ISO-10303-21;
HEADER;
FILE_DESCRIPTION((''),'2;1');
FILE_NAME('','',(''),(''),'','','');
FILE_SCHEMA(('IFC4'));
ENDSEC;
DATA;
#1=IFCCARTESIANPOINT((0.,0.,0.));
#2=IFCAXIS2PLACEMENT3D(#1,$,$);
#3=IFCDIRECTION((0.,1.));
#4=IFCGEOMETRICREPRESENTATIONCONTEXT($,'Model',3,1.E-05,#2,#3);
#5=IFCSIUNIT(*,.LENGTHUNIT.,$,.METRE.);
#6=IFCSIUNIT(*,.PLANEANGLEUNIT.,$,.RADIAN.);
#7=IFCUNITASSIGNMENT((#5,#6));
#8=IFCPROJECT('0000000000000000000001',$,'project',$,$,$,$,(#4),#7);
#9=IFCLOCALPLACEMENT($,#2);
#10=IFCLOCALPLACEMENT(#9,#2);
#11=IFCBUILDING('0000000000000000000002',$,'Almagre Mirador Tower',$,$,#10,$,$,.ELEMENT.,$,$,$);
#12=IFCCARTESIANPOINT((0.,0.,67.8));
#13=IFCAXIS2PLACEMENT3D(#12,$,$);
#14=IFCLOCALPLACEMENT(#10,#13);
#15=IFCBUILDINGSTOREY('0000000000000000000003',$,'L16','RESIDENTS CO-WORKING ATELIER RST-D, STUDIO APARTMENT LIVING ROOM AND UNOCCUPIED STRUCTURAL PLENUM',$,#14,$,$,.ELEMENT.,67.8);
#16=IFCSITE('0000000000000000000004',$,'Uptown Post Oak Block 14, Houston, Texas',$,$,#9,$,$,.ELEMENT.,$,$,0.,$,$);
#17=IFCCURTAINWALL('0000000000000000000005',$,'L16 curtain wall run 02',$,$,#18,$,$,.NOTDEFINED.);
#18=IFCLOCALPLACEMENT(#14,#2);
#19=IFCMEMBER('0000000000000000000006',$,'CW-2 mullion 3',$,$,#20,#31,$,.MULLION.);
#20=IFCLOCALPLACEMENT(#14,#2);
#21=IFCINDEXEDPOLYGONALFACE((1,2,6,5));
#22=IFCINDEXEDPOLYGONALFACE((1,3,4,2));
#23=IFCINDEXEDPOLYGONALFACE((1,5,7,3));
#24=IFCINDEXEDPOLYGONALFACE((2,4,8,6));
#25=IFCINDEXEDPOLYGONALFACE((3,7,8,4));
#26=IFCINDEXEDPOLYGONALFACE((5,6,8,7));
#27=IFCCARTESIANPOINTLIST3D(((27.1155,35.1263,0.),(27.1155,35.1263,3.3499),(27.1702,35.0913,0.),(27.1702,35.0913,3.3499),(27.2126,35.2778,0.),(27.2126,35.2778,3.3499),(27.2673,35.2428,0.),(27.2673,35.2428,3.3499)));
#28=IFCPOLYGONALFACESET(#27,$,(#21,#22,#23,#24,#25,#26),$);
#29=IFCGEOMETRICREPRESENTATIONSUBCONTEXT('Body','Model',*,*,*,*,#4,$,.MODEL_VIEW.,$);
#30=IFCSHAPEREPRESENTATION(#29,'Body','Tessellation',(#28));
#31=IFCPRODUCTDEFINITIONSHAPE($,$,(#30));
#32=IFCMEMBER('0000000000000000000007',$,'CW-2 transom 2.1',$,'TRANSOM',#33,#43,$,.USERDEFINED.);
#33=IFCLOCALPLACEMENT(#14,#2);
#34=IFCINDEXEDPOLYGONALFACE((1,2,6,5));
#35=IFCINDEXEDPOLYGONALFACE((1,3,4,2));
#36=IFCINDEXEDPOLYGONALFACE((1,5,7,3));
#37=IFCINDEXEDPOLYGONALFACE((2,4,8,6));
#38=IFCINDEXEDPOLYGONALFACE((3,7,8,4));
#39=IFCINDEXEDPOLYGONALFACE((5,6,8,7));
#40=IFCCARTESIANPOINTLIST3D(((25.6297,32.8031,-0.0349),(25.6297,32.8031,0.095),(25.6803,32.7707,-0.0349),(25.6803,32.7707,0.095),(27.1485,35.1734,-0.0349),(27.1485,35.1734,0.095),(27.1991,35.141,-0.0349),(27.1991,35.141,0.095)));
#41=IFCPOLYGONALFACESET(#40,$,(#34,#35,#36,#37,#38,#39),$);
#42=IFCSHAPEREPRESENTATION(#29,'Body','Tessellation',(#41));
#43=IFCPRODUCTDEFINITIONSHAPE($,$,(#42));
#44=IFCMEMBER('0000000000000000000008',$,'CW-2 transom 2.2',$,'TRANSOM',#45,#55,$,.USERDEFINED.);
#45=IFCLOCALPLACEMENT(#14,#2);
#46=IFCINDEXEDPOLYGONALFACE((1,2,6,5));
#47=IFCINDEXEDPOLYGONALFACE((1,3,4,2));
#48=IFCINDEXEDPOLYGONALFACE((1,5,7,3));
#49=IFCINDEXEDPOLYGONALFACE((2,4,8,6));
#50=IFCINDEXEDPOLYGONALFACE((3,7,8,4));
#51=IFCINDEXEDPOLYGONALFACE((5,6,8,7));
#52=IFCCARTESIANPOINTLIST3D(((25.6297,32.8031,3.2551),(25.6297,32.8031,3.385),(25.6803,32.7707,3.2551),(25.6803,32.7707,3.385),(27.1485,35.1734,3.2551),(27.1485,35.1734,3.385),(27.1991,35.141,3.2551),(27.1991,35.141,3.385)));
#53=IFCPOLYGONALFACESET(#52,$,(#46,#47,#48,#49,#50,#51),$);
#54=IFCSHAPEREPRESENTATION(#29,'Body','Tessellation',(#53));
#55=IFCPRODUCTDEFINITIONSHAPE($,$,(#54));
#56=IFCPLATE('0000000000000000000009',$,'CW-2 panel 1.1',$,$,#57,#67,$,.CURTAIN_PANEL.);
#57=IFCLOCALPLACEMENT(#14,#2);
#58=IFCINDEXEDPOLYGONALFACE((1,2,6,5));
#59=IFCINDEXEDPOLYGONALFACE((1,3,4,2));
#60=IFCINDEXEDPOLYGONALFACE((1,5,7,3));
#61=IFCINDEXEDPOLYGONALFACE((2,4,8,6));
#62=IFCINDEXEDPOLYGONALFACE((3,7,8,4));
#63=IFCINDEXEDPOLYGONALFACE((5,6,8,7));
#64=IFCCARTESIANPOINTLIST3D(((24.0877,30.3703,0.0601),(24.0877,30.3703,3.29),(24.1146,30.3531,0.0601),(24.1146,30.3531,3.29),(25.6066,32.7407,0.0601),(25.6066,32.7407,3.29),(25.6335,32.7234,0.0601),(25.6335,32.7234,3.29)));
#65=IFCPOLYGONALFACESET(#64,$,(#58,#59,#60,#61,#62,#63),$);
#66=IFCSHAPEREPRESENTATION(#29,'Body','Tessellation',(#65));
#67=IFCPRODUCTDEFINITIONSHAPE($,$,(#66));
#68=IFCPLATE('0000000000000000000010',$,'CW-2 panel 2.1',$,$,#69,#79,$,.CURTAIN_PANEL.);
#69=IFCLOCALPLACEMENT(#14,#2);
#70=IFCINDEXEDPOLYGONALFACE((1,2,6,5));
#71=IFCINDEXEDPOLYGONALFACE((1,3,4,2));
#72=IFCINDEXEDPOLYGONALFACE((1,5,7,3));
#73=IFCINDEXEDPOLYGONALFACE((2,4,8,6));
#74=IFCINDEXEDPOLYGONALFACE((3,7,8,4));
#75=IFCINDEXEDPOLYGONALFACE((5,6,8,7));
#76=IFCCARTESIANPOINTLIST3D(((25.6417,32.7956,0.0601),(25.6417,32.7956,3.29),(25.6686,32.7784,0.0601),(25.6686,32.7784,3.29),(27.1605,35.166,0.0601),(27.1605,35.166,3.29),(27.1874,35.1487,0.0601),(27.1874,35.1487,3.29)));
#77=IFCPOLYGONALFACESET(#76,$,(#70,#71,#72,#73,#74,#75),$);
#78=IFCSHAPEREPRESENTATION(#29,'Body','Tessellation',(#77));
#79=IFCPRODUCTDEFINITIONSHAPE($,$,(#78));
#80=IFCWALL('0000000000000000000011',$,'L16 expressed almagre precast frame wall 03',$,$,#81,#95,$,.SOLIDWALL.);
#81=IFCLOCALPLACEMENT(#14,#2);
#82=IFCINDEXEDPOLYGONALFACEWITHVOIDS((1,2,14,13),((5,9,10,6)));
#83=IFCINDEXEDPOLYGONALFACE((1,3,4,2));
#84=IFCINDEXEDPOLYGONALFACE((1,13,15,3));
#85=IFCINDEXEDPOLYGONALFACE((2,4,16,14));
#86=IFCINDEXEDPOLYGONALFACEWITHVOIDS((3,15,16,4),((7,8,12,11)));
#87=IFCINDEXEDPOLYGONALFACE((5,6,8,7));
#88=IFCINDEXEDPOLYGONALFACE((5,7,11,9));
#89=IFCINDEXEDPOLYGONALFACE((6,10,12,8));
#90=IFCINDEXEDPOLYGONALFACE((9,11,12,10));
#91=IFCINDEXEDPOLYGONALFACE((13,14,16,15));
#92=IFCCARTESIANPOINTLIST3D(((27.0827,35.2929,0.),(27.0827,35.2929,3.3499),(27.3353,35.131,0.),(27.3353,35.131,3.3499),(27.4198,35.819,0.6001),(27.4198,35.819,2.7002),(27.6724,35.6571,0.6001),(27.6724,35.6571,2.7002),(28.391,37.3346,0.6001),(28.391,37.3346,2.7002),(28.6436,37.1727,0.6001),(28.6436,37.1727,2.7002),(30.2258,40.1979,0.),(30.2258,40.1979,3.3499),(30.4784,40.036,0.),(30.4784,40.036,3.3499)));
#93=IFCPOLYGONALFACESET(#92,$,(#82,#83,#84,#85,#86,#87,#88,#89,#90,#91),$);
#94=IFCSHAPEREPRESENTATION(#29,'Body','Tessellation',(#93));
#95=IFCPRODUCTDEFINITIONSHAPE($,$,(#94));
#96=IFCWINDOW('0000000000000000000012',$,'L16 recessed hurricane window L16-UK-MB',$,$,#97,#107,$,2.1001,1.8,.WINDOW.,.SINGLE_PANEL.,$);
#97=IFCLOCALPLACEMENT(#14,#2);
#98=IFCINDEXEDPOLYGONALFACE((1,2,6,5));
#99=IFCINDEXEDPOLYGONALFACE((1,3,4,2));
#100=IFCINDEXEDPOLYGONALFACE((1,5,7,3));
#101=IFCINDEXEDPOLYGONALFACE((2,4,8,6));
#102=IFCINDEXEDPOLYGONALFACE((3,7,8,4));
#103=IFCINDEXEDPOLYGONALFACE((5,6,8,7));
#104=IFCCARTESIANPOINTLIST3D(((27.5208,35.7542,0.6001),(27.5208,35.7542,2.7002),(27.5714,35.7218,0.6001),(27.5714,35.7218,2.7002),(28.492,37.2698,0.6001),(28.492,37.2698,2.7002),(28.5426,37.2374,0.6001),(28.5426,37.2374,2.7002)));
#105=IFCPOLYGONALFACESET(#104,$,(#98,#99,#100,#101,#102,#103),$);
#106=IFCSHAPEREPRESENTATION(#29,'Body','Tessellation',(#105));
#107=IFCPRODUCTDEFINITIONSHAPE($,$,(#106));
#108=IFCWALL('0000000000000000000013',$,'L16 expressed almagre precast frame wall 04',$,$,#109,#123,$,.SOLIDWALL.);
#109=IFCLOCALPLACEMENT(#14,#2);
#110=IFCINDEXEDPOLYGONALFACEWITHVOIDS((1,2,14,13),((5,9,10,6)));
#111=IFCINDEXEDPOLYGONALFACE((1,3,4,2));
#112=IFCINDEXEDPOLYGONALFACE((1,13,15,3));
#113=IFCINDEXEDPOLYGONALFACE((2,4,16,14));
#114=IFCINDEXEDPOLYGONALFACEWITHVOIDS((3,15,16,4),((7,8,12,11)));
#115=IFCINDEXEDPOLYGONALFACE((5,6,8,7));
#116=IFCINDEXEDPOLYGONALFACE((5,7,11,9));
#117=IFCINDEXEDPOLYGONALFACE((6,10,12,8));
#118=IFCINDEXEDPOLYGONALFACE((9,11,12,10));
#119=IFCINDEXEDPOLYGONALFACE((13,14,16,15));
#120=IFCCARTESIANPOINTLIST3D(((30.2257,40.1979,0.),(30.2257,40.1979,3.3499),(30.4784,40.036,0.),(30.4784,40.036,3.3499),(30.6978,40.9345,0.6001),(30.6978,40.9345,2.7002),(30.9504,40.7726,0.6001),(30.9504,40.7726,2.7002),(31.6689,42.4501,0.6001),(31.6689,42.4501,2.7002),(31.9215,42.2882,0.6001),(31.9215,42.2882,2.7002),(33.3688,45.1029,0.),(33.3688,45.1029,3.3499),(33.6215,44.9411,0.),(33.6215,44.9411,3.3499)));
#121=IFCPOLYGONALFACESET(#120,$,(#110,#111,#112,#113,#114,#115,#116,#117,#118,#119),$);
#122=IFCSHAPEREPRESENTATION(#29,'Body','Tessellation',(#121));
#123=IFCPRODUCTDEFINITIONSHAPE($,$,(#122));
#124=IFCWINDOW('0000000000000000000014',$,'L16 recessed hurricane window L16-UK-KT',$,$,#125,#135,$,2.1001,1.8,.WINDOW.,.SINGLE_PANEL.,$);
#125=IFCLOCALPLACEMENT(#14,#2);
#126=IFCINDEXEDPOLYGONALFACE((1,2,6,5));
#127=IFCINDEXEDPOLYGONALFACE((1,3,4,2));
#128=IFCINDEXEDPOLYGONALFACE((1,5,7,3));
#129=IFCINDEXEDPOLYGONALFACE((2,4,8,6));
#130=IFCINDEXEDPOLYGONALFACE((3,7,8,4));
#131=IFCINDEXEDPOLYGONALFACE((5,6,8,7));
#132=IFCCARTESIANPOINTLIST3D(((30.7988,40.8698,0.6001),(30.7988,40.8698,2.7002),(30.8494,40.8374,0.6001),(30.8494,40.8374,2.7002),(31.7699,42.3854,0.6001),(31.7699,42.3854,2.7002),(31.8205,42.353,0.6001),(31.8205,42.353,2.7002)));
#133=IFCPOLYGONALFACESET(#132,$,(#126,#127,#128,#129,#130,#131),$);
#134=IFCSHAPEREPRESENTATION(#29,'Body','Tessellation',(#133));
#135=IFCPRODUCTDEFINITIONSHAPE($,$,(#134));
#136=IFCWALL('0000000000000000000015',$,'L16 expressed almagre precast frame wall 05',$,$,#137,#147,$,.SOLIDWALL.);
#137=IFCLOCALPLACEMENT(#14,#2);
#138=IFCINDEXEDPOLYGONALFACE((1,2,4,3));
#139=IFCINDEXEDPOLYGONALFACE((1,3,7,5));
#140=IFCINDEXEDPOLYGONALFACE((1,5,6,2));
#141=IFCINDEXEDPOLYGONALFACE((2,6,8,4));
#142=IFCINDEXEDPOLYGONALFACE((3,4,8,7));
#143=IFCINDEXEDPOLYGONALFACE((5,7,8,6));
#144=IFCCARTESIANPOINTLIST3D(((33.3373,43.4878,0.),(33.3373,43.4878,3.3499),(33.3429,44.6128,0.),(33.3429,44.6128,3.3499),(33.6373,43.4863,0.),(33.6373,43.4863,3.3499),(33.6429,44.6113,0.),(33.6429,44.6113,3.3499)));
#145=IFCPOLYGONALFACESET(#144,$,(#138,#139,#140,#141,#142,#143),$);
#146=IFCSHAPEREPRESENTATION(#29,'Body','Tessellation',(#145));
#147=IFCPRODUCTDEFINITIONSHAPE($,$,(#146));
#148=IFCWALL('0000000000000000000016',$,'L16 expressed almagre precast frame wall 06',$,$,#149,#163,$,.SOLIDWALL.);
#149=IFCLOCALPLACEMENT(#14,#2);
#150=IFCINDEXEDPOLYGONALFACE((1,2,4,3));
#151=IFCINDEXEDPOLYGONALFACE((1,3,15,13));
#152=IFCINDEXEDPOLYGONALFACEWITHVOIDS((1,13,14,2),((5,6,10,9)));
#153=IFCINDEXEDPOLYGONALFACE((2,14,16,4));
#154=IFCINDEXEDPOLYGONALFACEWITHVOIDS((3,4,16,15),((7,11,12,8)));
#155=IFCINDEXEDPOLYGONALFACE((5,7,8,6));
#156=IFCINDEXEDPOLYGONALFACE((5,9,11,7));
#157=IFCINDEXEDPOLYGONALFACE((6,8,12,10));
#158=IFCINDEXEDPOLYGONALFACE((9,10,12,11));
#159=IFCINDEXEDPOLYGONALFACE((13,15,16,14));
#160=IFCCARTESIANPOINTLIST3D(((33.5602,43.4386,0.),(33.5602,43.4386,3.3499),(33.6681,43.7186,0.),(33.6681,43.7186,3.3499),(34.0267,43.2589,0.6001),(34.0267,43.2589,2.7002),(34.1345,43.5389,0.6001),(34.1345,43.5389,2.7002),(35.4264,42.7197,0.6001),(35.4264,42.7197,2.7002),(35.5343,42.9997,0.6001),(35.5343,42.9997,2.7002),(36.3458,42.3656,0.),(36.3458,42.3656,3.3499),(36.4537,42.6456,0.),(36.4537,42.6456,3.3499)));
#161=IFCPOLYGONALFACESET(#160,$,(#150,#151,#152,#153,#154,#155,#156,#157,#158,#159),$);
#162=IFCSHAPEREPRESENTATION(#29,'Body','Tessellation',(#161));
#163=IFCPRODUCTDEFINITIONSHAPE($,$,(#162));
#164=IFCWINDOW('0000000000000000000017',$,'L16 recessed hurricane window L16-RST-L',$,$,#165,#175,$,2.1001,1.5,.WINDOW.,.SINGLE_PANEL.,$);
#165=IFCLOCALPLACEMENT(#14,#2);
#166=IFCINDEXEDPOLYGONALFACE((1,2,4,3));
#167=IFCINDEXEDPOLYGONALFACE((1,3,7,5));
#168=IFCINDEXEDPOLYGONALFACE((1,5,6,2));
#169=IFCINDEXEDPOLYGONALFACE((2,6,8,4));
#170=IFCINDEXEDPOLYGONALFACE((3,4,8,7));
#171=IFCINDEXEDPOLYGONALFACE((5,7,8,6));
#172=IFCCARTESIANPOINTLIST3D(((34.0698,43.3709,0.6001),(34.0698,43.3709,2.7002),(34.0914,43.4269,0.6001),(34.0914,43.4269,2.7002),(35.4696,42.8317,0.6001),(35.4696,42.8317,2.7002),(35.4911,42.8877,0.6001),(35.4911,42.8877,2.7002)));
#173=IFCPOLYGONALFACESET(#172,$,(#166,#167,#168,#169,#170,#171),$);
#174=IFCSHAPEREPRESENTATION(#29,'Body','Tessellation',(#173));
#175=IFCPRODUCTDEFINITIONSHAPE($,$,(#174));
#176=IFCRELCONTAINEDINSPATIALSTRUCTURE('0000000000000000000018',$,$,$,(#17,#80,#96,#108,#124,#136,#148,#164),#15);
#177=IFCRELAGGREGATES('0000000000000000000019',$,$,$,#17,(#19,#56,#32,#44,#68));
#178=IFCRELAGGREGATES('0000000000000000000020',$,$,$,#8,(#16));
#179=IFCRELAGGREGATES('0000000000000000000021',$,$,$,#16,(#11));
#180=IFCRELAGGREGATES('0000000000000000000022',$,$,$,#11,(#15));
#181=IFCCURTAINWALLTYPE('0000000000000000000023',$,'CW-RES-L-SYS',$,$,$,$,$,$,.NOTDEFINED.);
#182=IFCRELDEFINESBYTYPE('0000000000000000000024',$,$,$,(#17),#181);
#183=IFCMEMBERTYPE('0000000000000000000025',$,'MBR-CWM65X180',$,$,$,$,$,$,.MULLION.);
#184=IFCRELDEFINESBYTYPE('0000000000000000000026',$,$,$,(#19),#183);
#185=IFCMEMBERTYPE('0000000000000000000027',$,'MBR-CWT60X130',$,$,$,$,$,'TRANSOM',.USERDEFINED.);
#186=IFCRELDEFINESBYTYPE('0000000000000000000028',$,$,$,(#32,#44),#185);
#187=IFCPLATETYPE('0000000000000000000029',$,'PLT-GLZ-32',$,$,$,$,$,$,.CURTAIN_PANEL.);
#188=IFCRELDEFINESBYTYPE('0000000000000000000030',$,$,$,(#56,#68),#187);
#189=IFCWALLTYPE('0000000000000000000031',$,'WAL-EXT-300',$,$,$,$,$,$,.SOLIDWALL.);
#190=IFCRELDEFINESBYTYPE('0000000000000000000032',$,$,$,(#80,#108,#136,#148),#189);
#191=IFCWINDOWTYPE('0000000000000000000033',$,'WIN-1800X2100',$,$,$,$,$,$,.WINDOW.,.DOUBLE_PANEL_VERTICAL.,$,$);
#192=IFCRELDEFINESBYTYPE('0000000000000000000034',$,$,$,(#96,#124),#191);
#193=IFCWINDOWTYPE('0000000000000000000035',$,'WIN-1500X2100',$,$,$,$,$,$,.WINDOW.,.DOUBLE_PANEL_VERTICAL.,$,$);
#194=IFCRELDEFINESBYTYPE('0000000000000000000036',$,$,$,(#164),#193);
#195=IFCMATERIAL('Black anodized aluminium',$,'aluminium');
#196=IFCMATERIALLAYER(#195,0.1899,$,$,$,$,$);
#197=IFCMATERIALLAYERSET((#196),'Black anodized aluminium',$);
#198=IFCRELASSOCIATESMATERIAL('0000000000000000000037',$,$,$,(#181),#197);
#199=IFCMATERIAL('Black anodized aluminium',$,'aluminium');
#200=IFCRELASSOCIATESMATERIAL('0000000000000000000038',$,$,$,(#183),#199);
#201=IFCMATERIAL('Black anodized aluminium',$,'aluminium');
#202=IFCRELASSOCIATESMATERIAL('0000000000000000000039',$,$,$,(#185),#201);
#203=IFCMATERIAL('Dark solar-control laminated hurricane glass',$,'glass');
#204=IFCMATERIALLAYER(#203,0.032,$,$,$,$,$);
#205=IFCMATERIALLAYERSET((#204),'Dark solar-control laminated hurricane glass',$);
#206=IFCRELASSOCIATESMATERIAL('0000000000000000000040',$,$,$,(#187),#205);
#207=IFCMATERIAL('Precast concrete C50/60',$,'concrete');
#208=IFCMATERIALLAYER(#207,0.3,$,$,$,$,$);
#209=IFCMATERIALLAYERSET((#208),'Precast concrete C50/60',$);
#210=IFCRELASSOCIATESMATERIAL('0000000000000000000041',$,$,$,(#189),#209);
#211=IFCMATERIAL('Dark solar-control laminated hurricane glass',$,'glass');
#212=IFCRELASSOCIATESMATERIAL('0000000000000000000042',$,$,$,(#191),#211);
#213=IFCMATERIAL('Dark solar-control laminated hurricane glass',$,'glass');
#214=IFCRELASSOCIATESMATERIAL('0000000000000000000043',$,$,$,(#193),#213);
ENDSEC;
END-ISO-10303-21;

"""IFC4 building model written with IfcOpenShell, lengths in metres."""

from ifc_helpers import new_model, si_unit, direction, frame, frame_2d, origin, origin_2d, place, context, subcontext, project, spatial, rectangle, extrude, material, layer, layer_set, material_profile, profile_set, type_object, element, fill, aggregate, save


model = new_model("IFC4")

# Units and contexts
model_context = context("Model", 3, precision=1e-05, world=origin(), true_north=direction((0.0, 1.0)))
body_context = subcontext(model_context, "Body", "Model", "MODEL_VIEW")
ifc_project = project(units=[si_unit("LENGTHUNIT", "METRE"), si_unit("PLANEANGLEUNIT", "RADIAN")], contexts=[model_context])

# Site, building, storey
site_placement = place(None, origin())
site = spatial("IfcSite", under=ifc_project, at=site_placement, Name="Uptown Post Oak Block 14, Houston, Texas", CompositionType="ELEMENT", RefElevation=0.0)
building_placement = place(site_placement, origin())
building = spatial("IfcBuilding", under=site, at=building_placement, Name="Almagre Mirador Tower", CompositionType="ELEMENT")
storey_placement = place(building_placement, frame((0.0, 0.0, 67.8)))
storey = spatial("IfcBuildingStorey", under=building, at=storey_placement, Name="L16", Description="RESIDENTS CO-WORKING ATELIER RST-D, STUDIO APARTMENT LIVING ROOM AND UNOCCUPIED STRUCTURAL PLENUM", CompositionType="ELEMENT", Elevation=67.8)

# Curtain wall, members, plates
ifc_material_1 = material(Name="Black anodized aluminium", Category="aluminium")
ifc_layer_1 = layer(ifc_material_1, 0.1899)
ifc_layer_set_1 = layer_set([ifc_layer_1], Name="Black anodized aluminium")
curtain_wall_type = type_object("IfcCurtainWallType", Name="CW-RES-L-SYS", PredefinedType="NOTDEFINED", material=ifc_layer_set_1)
curtain_wall_placement = place(storey_placement, origin())
curtain_wall = element("IfcCurtainWall", 1, at=curtain_wall_placement, inside=storey, type_object=curtain_wall_type, Name="L16 curtain wall run 02", PredefinedType="NOTDEFINED")
ifc_material_2 = material(Name="Black anodized aluminium", Category="aluminium")
ifc_material_profile_1 = material_profile(ifc_material_2, rectangle(XDim=0.0649, YDim=0.1799, at=origin_2d()), Name="CWM65X180")
ifc_profile_set_1 = profile_set([ifc_material_profile_1], Name="Black anodized aluminium")
member_type_1 = type_object("IfcMemberType", Name="MBR-CWM65X180", PredefinedType="MULLION", material=ifc_profile_set_1)
member_1_placement = place(storey_placement, frame((27.1914, 35.1846, 0.0), z_axis=(0.0, 0.0, 1.0), x_axis=(-0.841975, 0.539516, 0.0)))
member_1 = element("IfcMember", 2, at=member_1_placement, type_object=member_type_1, Name="CW-2 mullion 3", PredefinedType="MULLION", context=body_context, shape_type="SweptSolid", body=[
    extrude(rectangle(XDim=0.0649, YDim=0.1799, at=origin_2d()), origin(), (0.0, 0.0, 1.0), 3.3499),
])
ifc_material_3 = material(Name="Black anodized aluminium", Category="aluminium")
ifc_material_profile_2 = material_profile(ifc_material_3, rectangle(XDim=0.0601, YDim=0.1299, at=origin_2d()), Name="CWT60X130")
ifc_profile_set_2 = profile_set([ifc_material_profile_2], Name="Black anodized aluminium")
member_type_2 = type_object("IfcMemberType", Name="MBR-CWT60X130", ElementType="TRANSOM", PredefinedType="USERDEFINED", material=ifc_profile_set_2)
member_2_placement = place(storey_placement, frame((25.655, 32.7869, 0.03), z_axis=(0.539499, 0.841986, 0.0), x_axis=(-0.841986, 0.539499, 0.0)))
member_2 = element("IfcMember", 3, at=member_2_placement, type_object=member_type_2, Name="CW-2 transom 2.1", ObjectType="TRANSOM", PredefinedType="USERDEFINED", context=body_context, shape_type="SweptSolid", body=[
    extrude(rectangle(XDim=0.0601, YDim=0.1299, at=origin_2d()), origin(), (0.0, 0.0, 1.0), 2.8152),
])
member_3_placement = place(storey_placement, frame((25.655, 32.7869, 3.3201), z_axis=(0.539499, 0.841986, 0.0), x_axis=(-0.841986, 0.539499, 0.0)))
member_3 = element("IfcMember", 4, at=member_3_placement, type_object=member_type_2, Name="CW-2 transom 2.2", ObjectType="TRANSOM", PredefinedType="USERDEFINED", context=body_context, shape_type="SweptSolid", body=[
    extrude(rectangle(XDim=0.0601, YDim=0.1299, at=origin_2d()), origin(), (0.0, 0.0, 1.0), 2.8152),
])
ifc_material_4 = material(Name="Dark solar-control laminated hurricane glass", Category="glass")
ifc_layer_2 = layer(ifc_material_4, 0.032)
ifc_layer_set_2 = layer_set([ifc_layer_2], Name="Dark solar-control laminated hurricane glass")
plate_type = type_object("IfcPlateType", Name="PLT-GLZ-32", PredefinedType="CURTAIN_PANEL", material=ifc_layer_set_2)
plate_1_placement = place(storey_placement, frame((24.8606, 31.5469, 0.0601), z_axis=(0.0, 0.0, 1.0), x_axis=(0.539516, 0.841975, 0.0)))
plate_1 = element("IfcPlate", 5, at=plate_1_placement, type_object=plate_type, Name="CW-2 panel 1.1", PredefinedType="CURTAIN_PANEL", context=body_context, shape_type="SweptSolid", body=[
    extrude(rectangle(XDim=2.8152, YDim=0.032, at=origin_2d()), origin(), (0.0, 0.0, 1.0), 3.23),
])
plate_2_placement = place(storey_placement, frame((26.4146, 33.9722, 0.0601), z_axis=(0.0, 0.0, 1.0), x_axis=(0.539516, 0.841975, 0.0)))
plate_2 = element("IfcPlate", 6, at=plate_2_placement, type_object=plate_type, Name="CW-2 panel 2.1", PredefinedType="CURTAIN_PANEL", context=body_context, shape_type="SweptSolid", body=[
    extrude(rectangle(XDim=2.8152, YDim=0.032, at=origin_2d()), origin(), (0.0, 0.0, 1.0), 3.23),
])
aggregate(curtain_wall, [member_1, plate_1, member_2, member_3, plate_2])

# Walls, openings, windows
ifc_material_5 = material(Name="Precast concrete C50/60", Category="concrete")
ifc_layer_3 = layer(ifc_material_5, 0.3)
ifc_layer_set_3 = layer_set([ifc_layer_3], Name="Precast concrete C50/60")
wall_type_1 = type_object("IfcWallType", Name="WAL-EXT-300", PredefinedType="SOLIDWALL", material=ifc_layer_set_3)
wall_1_placement = place(storey_placement, frame((27.209, 35.2119, 0.0), z_axis=(0.0, 0.0, 1.0), x_axis=(0.539522, 0.841971, 0.0)))
wall_1 = element("IfcWall", 7, at=wall_1_placement, inside=storey, type_object=wall_type_1, Name="L16 expressed almagre precast frame wall 03", PredefinedType="SOLIDWALL", context=body_context, shape_type="SweptSolid", body=[
    extrude(rectangle(XDim=5.8257, YDim=0.3, at=frame_2d((2.9128, 0.0))), origin(), (0.0, 0.0, 1.0), 3.3499),
])
opening_1_placement = place(wall_1_placement, frame((0.625, 0.0, 0.6001)))
opening_1 = element("IfcOpeningElement", 8, at=opening_1_placement, cuts=wall_1, PredefinedType="OPENING", context=body_context, shape_type="SweptSolid", body=[
    extrude(rectangle(XDim=1.8, YDim=2.1001, at=frame_2d((0.8999, 1.05))), frame((0.0, 0.1599, 0.0), z_axis=(0.0, -1.0, 0.0), x_axis=(1.0, 0.0, 0.0)), (0.0, 0.0, 1.0), 0.32),
])
ifc_material_6 = material(Name="Dark solar-control laminated hurricane glass", Category="glass")
window_type_1 = type_object("IfcWindowType", Name="WIN-1800X2100", PartitioningType="DOUBLE_PANEL_VERTICAL", PredefinedType="WINDOW", material=ifc_material_6)
window_1_placement = place(opening_1_placement, origin())
window_1 = element("IfcWindow", 9, at=window_1_placement, inside=storey, type_object=window_type_1, Name="L16 recessed hurricane window L16-UK-MB", OverallHeight=2.1001, OverallWidth=1.8, PartitioningType="SINGLE_PANEL", PredefinedType="WINDOW", context=body_context, shape_type="SweptSolid", body=[
    extrude(rectangle(XDim=1.8, YDim=2.1001, at=frame_2d((0.8999, 1.05))), frame((0.0, 0.03, 0.0), z_axis=(0.0, -1.0, 0.0), x_axis=(1.0, 0.0, 0.0)), (0.0, 0.0, 1.0), 0.0601),
])
fill(opening_1, window_1)
wall_2_placement = place(storey_placement, frame((30.3521, 40.1169, 0.0), z_axis=(0.0, 0.0, 1.0), x_axis=(0.539522, 0.841971, 0.0)))
wall_2 = element("IfcWall", 10, at=wall_2_placement, inside=storey, type_object=wall_type_1, Name="L16 expressed almagre precast frame wall 04", PredefinedType="SOLIDWALL", context=body_context, shape_type="SweptSolid", body=[
    extrude(rectangle(XDim=5.8257, YDim=0.3, at=frame_2d((2.9128, 0.0))), origin(), (0.0, 0.0, 1.0), 3.3499),
])
opening_2_placement = place(wall_2_placement, frame((0.875, 0.0, 0.6001)))
opening_2 = element("IfcOpeningElement", 11, at=opening_2_placement, cuts=wall_2, PredefinedType="OPENING", context=body_context, shape_type="SweptSolid", body=[
    extrude(rectangle(XDim=1.8, YDim=2.1001, at=frame_2d((0.8999, 1.05))), frame((0.0, 0.1599, 0.0), z_axis=(0.0, -1.0, 0.0), x_axis=(1.0, 0.0, 0.0)), (0.0, 0.0, 1.0), 0.32),
])
window_2_placement = place(opening_2_placement, origin())
window_2 = element("IfcWindow", 12, at=window_2_placement, inside=storey, type_object=window_type_1, Name="L16 recessed hurricane window L16-UK-KT", OverallHeight=2.1001, OverallWidth=1.8, PartitioningType="SINGLE_PANEL", PredefinedType="WINDOW", context=body_context, shape_type="SweptSolid", body=[
    extrude(rectangle(XDim=1.8, YDim=2.1001, at=frame_2d((0.8999, 1.05))), frame((0.0, 0.03, 0.0), z_axis=(0.0, -1.0, 0.0), x_axis=(1.0, 0.0, 0.0)), (0.0, 0.0, 1.0), 0.0601),
])
fill(opening_2, window_2)

# Wall
wall_3_placement = place(storey_placement, frame((33.4929, 44.6121, 0.0), z_axis=(0.0, 0.0, 1.0), x_axis=(-0.004991, -0.999988, 0.0)))
element("IfcWall", 13, at=wall_3_placement, inside=storey, type_object=wall_type_1, Name="L16 expressed almagre precast frame wall 05", PredefinedType="SOLIDWALL", context=body_context, shape_type="SweptSolid", body=[
    extrude(rectangle(XDim=1.125, YDim=0.3, at=frame_2d((0.5625, 0.0))), origin(), (0.0, 0.0, 1.0), 3.3499),
])

# Wall, opening, window
wall_4_placement = place(storey_placement, frame((33.614, 43.5786, 0.0), z_axis=(0.0, 0.0, 1.0), x_axis=(0.933166, -0.359445, 0.0)))
wall_4 = element("IfcWall", 14, at=wall_4_placement, inside=storey, type_object=wall_type_1, Name="L16 expressed almagre precast frame wall 06", PredefinedType="SOLIDWALL", context=body_context, shape_type="SweptSolid", body=[
    extrude(rectangle(XDim=2.9851, YDim=0.3, at=frame_2d((1.4927, 0.0))), origin(), (0.0, 0.0, 1.0), 3.3499),
])
opening_3_placement = place(wall_4_placement, frame((0.5, 0.0, 0.6001)))
opening_3 = element("IfcOpeningElement", 15, at=opening_3_placement, cuts=wall_4, PredefinedType="OPENING", context=body_context, shape_type="SweptSolid", body=[
    extrude(rectangle(XDim=1.5, YDim=2.1001, at=frame_2d((0.75, 1.05))), frame((0.0, 0.1599, 0.0), z_axis=(0.0, -1.0, 0.0), x_axis=(1.0, 0.0, 0.0)), (0.0, 0.0, 1.0), 0.32),
])
ifc_material_7 = material(Name="Dark solar-control laminated hurricane glass", Category="glass")
window_type_2 = type_object("IfcWindowType", Name="WIN-1500X2100", PartitioningType="DOUBLE_PANEL_VERTICAL", PredefinedType="WINDOW", material=ifc_material_7)
window_3_placement = place(opening_3_placement, origin())
window_3 = element("IfcWindow", 16, at=window_3_placement, inside=storey, type_object=window_type_2, Name="L16 recessed hurricane window L16-RST-L", OverallHeight=2.1001, OverallWidth=1.5, PartitioningType="SINGLE_PANEL", PredefinedType="WINDOW", context=body_context, shape_type="SweptSolid", body=[
    extrude(rectangle(XDim=1.5, YDim=2.1001, at=frame_2d((0.75, 1.05))), frame((0.0, 0.03, 0.0), z_axis=(0.0, -1.0, 0.0), x_axis=(1.0, 0.0, 0.0)), (0.0, 0.0, 1.0), 0.0601),
])
fill(opening_3, window_3)

save(model, "model.ifc")
